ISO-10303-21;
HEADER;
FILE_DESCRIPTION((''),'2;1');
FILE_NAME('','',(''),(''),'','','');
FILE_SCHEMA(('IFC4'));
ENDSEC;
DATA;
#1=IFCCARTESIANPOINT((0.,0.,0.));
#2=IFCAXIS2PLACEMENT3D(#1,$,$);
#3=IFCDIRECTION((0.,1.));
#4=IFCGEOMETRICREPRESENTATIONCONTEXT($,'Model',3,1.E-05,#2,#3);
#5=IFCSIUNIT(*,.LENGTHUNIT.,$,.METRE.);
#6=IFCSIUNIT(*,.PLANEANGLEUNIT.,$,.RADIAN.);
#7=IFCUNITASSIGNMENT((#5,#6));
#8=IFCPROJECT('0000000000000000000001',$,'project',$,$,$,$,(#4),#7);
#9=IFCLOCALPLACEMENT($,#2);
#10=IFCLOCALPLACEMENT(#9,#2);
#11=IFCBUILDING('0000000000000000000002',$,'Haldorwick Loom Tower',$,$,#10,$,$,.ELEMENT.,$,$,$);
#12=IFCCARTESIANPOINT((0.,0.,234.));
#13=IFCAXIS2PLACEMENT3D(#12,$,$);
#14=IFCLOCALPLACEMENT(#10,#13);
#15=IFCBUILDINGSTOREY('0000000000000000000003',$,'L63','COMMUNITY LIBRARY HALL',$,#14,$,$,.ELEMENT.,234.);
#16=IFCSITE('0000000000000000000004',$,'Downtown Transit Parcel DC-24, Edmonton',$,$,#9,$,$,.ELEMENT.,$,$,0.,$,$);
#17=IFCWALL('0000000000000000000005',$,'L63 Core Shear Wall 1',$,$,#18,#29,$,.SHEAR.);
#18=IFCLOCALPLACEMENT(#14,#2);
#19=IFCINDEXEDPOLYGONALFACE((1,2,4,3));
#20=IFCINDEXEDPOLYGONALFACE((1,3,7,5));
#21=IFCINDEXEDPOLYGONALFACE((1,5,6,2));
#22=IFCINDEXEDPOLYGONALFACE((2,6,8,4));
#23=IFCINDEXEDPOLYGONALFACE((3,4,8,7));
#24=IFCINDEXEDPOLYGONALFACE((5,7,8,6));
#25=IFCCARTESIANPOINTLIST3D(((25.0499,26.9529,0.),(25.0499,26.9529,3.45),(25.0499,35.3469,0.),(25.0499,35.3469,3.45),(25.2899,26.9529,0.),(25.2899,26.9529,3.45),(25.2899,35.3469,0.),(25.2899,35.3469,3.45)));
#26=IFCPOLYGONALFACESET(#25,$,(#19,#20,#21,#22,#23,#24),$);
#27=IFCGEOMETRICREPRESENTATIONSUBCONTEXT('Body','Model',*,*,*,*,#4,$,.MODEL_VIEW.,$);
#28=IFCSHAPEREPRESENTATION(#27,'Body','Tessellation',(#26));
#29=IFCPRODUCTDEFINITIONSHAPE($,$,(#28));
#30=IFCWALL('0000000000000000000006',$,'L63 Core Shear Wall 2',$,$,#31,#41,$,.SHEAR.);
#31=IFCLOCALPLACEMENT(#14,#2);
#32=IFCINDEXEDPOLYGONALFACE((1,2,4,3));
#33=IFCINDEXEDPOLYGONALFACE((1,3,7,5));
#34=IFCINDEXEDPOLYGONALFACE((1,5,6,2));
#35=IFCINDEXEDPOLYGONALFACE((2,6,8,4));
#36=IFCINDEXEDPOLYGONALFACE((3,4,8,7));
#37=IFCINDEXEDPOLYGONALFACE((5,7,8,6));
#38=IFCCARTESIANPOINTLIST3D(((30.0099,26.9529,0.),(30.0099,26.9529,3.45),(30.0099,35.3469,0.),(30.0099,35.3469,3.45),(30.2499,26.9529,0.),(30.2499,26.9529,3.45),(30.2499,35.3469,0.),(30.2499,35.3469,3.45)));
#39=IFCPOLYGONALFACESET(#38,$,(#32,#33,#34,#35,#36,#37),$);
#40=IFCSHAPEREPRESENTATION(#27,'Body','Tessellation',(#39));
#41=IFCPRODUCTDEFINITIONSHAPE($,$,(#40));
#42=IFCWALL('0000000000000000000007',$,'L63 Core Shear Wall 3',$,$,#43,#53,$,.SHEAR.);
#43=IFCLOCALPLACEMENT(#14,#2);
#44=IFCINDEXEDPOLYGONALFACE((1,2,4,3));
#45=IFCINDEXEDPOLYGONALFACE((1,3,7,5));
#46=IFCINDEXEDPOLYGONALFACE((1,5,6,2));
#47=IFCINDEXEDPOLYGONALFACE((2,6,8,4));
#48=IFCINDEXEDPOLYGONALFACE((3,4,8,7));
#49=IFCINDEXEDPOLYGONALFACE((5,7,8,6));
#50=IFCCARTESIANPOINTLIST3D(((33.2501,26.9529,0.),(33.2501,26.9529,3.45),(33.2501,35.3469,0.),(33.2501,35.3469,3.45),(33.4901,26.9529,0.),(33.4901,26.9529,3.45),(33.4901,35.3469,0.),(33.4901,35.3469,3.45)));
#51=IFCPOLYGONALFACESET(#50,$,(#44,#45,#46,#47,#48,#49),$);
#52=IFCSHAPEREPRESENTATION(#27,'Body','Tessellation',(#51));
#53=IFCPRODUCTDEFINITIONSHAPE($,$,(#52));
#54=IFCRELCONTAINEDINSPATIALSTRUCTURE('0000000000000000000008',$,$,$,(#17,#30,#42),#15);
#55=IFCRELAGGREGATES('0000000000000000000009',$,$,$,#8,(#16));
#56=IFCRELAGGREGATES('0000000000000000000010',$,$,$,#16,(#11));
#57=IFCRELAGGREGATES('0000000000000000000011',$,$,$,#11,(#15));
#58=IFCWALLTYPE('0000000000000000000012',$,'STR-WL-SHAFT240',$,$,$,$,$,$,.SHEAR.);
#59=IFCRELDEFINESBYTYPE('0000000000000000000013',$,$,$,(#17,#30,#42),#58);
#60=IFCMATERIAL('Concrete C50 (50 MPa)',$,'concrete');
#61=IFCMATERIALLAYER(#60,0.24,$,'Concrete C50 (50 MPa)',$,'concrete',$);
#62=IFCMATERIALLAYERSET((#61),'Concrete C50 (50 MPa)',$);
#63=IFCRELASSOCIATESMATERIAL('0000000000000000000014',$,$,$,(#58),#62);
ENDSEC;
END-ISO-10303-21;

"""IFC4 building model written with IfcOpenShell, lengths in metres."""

from ifc_helpers import new_model, si_unit, direction, frame, frame_2d, origin, place, context, subcontext, project, spatial, rectangle, extrude, material, layer, layer_set, type_object, element, save


model = new_model("IFC4")

# Units and contexts
model_context = context("Model", 3, precision=1e-05, world=origin(), true_north=direction((0.0, 1.0)))
body_context = subcontext(model_context, "Body", "Model", "MODEL_VIEW")
ifc_project = project(units=[si_unit("LENGTHUNIT", "METRE"), si_unit("PLANEANGLEUNIT", "RADIAN")], contexts=[model_context])

# Site, building, storey
site_placement = place(None, origin())
site = spatial("IfcSite", under=ifc_project, at=site_placement, Name="Downtown Transit Parcel DC-24, Edmonton", CompositionType="ELEMENT", RefElevation=0.0)
building_placement = place(site_placement, origin())
building = spatial("IfcBuilding", under=site, at=building_placement, Name="Haldorwick Loom Tower", CompositionType="ELEMENT")
storey_placement = place(building_placement, frame((0.0, 0.0, 234.0)))
storey = spatial("IfcBuildingStorey", under=building, at=storey_placement, Name="L63", Description="COMMUNITY LIBRARY HALL", CompositionType="ELEMENT", Elevation=234.0)

# Shared definitions
ifc_material_1 = material(Name="Concrete C50 (50 MPa)", Category="concrete")

# Walls
ifc_layer_1 = layer(ifc_material_1, 0.24, Name="Concrete C50 (50 MPa)", Category="concrete")
ifc_layer_set_1 = layer_set([ifc_layer_1], Name="Concrete C50 (50 MPa)")
wall_type_1 = type_object("IfcWallType", Name="STR-WL-SHAFT240", PredefinedType="SHEAR", material=ifc_layer_set_1)
for number, where, z_axis, x_axis, name in (
    (1, (25.1699, 26.9529, 0.0), (0.0, 0.0, 1.0), (0.0, 1.0, 0.0), "L63 Core Shear Wall 1"),
    (2, (30.1299, 26.9529, 0.0), (0.0, 0.0, 1.0), (0.0, 1.0, 0.0), "L63 Core Shear Wall 2"),
    (3, (33.3701, 26.9529, 0.0), (0.0, 0.0, 1.0), (0.0, 1.0, 0.0), "L63 Core Shear Wall 3"),
):
    element("IfcWall", number, at=place(storey_placement, frame(where, z_axis=z_axis, x_axis=x_axis)), inside=storey, type_object=wall_type_1, Name=name, PredefinedType="SHEAR", context=body_context, shape_type="SweptSolid", body=[
        extrude(rectangle(XDim=8.394, YDim=0.24, at=frame_2d((4.197, 0.0))), origin(), (0.0, 0.0, 1.0), 3.45),
    ])

save(model, "model.ifc")
